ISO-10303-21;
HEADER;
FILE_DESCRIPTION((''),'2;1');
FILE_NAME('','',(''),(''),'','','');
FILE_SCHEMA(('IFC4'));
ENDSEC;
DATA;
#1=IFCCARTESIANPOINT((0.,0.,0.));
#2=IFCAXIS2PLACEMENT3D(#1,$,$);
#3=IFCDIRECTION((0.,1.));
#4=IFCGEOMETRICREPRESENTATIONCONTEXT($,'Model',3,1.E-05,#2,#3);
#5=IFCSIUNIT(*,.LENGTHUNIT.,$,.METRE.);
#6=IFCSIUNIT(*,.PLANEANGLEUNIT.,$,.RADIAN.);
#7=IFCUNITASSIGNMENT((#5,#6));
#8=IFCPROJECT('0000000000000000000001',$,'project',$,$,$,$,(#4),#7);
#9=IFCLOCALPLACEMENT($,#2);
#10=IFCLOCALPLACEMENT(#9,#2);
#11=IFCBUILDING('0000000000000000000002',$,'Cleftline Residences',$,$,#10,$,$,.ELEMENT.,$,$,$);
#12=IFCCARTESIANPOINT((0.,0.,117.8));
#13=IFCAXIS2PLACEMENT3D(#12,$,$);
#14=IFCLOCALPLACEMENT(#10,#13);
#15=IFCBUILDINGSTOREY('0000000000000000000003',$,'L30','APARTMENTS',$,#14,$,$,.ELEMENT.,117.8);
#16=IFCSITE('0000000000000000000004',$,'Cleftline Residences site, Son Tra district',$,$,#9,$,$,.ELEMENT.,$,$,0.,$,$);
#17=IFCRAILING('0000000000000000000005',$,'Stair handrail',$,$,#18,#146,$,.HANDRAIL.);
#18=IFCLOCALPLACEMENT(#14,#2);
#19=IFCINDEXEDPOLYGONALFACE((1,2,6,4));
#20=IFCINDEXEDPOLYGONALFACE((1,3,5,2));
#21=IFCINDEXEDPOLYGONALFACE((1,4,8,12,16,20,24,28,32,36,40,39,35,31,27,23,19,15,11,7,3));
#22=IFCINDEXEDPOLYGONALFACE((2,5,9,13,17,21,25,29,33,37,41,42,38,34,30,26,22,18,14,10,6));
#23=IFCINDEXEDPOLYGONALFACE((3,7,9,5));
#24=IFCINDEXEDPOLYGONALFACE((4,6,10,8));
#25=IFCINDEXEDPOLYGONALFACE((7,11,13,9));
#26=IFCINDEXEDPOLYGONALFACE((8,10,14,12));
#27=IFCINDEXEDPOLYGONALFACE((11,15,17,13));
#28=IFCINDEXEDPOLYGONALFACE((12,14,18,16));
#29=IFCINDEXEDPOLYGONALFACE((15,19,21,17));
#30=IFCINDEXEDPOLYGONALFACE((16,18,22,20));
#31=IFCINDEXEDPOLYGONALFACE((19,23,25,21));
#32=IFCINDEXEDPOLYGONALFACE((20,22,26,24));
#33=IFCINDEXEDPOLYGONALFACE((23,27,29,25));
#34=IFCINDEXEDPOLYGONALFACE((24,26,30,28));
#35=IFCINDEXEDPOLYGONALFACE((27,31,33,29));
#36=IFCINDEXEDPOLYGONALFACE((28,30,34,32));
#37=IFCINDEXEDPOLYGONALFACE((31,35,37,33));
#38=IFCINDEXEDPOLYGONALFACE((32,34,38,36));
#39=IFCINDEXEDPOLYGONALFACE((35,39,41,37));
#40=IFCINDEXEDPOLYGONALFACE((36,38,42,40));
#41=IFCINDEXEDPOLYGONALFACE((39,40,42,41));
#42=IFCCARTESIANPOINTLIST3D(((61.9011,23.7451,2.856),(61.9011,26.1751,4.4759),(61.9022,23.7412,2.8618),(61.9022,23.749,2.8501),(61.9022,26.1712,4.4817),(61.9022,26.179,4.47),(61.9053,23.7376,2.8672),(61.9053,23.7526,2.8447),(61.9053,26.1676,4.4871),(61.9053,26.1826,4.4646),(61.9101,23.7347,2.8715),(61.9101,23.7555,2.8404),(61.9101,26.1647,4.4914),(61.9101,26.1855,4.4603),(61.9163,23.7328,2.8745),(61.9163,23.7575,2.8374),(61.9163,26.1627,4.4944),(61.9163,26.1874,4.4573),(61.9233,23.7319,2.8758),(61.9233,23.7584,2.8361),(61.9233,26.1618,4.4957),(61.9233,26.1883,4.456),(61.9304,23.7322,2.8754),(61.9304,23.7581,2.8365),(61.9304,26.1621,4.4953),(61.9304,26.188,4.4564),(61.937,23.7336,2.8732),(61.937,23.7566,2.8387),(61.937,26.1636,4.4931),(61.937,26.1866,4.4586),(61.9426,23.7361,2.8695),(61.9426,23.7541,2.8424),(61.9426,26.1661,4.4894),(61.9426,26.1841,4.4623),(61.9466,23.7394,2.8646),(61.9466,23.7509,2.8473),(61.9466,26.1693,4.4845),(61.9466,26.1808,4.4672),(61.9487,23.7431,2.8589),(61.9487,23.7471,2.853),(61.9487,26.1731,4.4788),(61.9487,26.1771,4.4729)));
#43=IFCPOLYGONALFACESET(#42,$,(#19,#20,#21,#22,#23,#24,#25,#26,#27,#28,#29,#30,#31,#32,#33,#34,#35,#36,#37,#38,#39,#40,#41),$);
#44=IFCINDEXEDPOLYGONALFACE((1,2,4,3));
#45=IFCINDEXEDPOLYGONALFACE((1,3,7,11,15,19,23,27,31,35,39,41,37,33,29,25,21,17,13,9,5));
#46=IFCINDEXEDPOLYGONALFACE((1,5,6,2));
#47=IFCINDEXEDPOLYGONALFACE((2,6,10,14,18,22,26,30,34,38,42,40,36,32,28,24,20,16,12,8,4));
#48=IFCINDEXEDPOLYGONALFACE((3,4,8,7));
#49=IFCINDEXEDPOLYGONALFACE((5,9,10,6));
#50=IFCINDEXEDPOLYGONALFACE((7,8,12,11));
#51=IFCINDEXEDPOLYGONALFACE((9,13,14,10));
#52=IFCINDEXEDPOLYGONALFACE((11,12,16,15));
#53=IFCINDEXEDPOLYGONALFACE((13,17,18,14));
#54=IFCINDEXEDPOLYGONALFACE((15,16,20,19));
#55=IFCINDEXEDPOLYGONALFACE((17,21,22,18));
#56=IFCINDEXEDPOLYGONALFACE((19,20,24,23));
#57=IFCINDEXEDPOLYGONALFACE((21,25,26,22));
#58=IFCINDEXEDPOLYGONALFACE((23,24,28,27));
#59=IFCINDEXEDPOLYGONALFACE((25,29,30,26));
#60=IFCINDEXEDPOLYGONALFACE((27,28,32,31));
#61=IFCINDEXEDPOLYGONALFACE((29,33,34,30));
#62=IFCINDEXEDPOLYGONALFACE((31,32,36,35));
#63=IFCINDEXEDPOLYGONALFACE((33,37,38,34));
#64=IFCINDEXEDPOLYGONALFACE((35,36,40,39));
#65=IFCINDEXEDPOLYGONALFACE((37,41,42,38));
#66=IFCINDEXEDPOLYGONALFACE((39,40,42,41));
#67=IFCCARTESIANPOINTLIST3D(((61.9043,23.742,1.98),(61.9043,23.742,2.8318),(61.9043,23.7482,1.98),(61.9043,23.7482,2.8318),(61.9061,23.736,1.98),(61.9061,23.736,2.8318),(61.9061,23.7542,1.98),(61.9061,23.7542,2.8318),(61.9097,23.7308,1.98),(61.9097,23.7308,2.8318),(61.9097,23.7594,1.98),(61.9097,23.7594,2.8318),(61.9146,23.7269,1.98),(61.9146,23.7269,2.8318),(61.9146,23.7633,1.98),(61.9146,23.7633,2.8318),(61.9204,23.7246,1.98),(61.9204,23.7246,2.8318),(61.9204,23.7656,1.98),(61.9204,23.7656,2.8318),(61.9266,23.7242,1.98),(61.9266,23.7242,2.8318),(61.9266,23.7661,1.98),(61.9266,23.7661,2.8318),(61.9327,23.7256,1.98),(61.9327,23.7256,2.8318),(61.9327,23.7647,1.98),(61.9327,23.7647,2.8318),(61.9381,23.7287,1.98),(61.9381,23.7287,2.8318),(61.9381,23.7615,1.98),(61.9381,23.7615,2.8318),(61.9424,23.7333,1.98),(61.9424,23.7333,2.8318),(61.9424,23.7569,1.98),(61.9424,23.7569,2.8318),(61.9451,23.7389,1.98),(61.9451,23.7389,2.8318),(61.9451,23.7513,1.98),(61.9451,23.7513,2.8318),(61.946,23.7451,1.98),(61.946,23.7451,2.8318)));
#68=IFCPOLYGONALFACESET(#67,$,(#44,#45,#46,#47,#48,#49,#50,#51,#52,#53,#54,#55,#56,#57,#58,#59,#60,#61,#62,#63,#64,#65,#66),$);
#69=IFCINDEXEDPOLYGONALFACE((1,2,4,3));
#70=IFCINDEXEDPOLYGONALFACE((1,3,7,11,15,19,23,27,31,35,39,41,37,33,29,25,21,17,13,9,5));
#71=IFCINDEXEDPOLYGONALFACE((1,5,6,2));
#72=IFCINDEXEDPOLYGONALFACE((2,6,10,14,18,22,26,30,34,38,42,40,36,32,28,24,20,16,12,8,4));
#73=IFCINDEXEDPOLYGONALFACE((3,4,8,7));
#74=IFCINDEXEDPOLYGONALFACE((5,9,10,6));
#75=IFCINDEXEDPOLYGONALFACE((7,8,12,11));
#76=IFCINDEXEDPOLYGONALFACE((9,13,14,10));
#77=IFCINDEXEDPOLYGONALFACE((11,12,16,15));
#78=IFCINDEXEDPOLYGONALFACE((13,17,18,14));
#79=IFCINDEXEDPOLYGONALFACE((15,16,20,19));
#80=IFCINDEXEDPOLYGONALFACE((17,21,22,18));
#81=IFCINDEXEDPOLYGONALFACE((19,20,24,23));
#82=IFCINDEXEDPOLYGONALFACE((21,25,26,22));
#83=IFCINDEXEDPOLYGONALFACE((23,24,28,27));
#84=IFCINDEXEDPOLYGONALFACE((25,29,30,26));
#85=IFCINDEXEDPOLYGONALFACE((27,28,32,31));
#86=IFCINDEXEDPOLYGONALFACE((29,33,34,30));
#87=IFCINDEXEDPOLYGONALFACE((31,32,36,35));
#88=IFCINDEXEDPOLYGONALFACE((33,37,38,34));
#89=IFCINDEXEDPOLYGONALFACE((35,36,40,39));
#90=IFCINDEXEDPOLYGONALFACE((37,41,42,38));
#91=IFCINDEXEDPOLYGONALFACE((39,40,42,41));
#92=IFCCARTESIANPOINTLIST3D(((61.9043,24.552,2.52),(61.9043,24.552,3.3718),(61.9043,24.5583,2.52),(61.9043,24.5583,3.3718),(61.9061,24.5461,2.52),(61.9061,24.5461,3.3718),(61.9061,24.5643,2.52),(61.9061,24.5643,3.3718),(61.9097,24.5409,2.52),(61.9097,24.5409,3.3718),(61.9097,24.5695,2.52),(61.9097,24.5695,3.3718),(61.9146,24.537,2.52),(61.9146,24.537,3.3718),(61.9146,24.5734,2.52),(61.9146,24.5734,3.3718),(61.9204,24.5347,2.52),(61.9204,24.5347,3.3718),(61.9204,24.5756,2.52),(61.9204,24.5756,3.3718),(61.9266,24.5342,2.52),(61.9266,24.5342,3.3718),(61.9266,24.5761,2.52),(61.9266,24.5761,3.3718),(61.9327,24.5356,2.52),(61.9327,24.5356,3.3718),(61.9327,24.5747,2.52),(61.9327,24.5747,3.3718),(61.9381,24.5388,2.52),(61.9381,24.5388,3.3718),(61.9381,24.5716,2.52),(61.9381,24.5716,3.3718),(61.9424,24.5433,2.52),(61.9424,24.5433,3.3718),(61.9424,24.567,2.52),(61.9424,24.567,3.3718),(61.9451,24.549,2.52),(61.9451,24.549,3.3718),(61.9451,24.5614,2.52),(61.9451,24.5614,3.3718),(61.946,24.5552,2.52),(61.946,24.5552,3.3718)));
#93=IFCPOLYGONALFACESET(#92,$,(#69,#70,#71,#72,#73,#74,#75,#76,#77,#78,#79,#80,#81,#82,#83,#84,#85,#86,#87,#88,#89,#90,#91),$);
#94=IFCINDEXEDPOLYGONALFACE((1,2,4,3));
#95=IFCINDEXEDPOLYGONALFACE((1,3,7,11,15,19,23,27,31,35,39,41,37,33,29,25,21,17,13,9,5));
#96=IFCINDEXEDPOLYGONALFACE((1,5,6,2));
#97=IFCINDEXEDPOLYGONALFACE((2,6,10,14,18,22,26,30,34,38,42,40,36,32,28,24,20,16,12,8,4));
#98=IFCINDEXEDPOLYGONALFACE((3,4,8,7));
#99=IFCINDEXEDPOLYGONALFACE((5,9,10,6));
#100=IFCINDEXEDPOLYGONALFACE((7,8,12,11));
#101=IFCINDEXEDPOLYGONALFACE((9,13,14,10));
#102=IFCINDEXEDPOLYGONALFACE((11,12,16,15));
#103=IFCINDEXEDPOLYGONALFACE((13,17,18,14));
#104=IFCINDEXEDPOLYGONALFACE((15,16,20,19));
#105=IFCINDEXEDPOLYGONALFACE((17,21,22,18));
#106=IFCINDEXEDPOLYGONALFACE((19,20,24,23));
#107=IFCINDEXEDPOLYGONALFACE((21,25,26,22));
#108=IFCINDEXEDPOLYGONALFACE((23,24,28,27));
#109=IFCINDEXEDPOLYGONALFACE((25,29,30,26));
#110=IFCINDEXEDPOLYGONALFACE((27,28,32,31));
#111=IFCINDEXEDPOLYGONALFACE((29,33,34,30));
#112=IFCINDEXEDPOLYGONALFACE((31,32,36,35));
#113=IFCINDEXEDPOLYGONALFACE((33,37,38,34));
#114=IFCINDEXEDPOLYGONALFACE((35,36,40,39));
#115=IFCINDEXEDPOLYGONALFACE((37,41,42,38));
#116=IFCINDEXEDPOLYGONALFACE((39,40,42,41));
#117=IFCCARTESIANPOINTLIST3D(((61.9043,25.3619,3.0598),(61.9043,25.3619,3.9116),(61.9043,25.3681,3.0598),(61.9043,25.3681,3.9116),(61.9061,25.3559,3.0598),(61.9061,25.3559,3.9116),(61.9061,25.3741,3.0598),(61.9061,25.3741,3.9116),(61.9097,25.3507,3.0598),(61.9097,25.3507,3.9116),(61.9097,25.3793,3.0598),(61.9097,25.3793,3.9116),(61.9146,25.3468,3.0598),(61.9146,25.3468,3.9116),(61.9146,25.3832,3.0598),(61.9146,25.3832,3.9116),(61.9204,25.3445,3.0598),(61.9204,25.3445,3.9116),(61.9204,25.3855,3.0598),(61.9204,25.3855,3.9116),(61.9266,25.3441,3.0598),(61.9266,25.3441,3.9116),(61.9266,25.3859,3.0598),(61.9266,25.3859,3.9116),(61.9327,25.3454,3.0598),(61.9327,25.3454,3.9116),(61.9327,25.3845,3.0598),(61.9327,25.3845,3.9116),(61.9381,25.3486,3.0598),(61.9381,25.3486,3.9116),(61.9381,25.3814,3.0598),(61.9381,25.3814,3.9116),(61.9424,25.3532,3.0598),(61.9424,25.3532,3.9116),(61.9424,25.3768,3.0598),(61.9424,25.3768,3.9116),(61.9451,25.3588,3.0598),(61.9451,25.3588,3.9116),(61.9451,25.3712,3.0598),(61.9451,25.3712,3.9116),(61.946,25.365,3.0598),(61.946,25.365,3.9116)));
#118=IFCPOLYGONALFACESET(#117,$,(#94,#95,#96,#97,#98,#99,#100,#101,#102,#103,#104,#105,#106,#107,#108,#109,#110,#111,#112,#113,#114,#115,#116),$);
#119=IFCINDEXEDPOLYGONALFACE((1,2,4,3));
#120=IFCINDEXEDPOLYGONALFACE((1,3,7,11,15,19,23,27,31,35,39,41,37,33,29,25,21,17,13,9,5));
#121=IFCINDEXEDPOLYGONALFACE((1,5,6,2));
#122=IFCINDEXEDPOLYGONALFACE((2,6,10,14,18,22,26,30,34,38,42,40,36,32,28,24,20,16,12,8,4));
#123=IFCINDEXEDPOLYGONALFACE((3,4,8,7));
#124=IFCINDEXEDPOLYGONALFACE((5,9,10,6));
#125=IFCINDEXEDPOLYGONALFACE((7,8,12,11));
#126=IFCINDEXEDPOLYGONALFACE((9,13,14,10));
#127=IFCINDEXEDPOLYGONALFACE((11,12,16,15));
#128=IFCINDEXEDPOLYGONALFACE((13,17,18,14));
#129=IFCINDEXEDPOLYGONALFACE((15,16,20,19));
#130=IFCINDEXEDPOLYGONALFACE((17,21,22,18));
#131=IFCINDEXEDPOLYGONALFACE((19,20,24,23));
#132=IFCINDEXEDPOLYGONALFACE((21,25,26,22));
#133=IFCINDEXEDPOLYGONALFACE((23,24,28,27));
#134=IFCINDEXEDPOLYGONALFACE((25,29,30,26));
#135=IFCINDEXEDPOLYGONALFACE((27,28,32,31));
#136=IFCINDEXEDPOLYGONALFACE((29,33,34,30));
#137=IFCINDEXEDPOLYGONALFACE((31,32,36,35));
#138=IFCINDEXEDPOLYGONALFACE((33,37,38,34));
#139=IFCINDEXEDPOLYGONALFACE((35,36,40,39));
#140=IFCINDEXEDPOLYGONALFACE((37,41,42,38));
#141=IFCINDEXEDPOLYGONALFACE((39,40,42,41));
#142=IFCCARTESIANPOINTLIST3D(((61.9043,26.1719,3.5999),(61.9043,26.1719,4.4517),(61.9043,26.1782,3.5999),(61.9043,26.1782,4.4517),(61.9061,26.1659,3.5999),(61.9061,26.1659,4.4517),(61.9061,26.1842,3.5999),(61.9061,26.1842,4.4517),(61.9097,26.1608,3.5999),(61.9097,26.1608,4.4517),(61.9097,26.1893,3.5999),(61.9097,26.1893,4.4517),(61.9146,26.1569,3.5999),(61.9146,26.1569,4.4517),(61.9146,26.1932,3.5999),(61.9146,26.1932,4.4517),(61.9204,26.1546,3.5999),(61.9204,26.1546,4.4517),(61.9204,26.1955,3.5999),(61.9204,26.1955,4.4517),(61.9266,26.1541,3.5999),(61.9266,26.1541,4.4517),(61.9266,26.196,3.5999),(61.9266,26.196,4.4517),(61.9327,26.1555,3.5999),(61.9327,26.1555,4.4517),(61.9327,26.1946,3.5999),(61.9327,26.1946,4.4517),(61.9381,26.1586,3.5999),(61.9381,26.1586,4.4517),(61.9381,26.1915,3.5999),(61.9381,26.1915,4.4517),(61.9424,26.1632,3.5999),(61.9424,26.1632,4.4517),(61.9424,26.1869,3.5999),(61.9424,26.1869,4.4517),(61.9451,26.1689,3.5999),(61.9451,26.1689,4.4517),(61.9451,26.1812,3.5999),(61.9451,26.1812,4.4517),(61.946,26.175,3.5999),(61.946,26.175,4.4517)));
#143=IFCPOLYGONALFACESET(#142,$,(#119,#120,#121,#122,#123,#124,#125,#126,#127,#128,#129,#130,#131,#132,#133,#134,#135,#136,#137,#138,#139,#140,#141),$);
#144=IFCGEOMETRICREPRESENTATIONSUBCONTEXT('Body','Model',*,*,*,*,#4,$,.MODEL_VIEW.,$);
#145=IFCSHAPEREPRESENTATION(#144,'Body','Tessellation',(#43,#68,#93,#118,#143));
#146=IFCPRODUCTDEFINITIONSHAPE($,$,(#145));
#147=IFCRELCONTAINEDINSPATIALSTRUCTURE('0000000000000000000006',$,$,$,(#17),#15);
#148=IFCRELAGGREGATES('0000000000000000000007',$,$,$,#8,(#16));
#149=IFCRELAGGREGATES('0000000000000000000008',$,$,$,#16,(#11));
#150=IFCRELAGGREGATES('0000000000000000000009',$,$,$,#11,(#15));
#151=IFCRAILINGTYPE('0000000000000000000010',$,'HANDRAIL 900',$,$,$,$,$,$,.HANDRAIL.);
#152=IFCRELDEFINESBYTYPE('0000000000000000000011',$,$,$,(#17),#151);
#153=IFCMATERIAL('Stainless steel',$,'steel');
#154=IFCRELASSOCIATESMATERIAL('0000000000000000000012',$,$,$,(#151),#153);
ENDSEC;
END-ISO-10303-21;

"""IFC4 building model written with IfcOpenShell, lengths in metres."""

from ifc_helpers import new_model, si_unit, direction, frame, origin, origin_2d, place, context, subcontext, project, spatial, circle, extrude, material, type_object, element, save


model = new_model("IFC4")

# Units and contexts
model_context = context("Model", 3, precision=1e-05, world=origin(), true_north=direction((0.0, 1.0)))
body_context = subcontext(model_context, "Body", "Model", "MODEL_VIEW")
ifc_project = project(units=[si_unit("LENGTHUNIT", "METRE"), si_unit("PLANEANGLEUNIT", "RADIAN")], contexts=[model_context])

# Site, building, storey
site_placement = place(None, origin())
site = spatial("IfcSite", under=ifc_project, at=site_placement, Name="Cleftline Residences site, Son Tra district", CompositionType="ELEMENT", RefElevation=0.0)
building_placement = place(site_placement, origin())
building = spatial("IfcBuilding", under=site, at=building_placement, Name="Cleftline Residences", CompositionType="ELEMENT")
storey_placement = place(building_placement, frame((0.0, 0.0, 117.8)))
storey = spatial("IfcBuildingStorey", under=building, at=storey_placement, Name="L30", Description="APARTMENTS", CompositionType="ELEMENT", Elevation=117.8)

# Railing
ifc_material_1 = material(Name="Stainless steel", Category="steel")
railing_type = type_object("IfcRailingType", Name="HANDRAIL 900", PredefinedType="HANDRAIL", material=ifc_material_1)
railing_placement = place(storey_placement, frame((61.925, 23.7451, 1.98)))
element("IfcRailing", 1, at=railing_placement, inside=storey, type_object=railing_type, Name="Stair handrail", PredefinedType="HANDRAIL", context=body_context, shape_type="SweptSolid", body=[
    extrude(circle(Radius=0.0239, at=origin_2d()), frame((0.0, 0.0, 0.876), z_axis=(0.0, 0.832063, 0.554681), x_axis=(-1.0, 0.0, 0.0)), (0.0, 0.0, 1.0), 2.9204),
    extrude(circle(Radius=0.021, at=origin_2d()), origin(), (0.0, 0.0, 1.0), 0.8518),
    extrude(circle(Radius=0.021, at=origin_2d()), frame((0.0, 0.8101, 0.54)), (0.0, 0.0, 1.0), 0.8518),
    extrude(circle(Radius=0.021, at=origin_2d()), frame((0.0, 1.6199, 1.0798)), (0.0, 0.0, 1.0), 0.8518),
    extrude(circle(Radius=0.021, at=origin_2d()), frame((0.0, 2.4299, 1.6199)), (0.0, 0.0, 1.0), 0.8518),
])

save(model, "model.ifc")
